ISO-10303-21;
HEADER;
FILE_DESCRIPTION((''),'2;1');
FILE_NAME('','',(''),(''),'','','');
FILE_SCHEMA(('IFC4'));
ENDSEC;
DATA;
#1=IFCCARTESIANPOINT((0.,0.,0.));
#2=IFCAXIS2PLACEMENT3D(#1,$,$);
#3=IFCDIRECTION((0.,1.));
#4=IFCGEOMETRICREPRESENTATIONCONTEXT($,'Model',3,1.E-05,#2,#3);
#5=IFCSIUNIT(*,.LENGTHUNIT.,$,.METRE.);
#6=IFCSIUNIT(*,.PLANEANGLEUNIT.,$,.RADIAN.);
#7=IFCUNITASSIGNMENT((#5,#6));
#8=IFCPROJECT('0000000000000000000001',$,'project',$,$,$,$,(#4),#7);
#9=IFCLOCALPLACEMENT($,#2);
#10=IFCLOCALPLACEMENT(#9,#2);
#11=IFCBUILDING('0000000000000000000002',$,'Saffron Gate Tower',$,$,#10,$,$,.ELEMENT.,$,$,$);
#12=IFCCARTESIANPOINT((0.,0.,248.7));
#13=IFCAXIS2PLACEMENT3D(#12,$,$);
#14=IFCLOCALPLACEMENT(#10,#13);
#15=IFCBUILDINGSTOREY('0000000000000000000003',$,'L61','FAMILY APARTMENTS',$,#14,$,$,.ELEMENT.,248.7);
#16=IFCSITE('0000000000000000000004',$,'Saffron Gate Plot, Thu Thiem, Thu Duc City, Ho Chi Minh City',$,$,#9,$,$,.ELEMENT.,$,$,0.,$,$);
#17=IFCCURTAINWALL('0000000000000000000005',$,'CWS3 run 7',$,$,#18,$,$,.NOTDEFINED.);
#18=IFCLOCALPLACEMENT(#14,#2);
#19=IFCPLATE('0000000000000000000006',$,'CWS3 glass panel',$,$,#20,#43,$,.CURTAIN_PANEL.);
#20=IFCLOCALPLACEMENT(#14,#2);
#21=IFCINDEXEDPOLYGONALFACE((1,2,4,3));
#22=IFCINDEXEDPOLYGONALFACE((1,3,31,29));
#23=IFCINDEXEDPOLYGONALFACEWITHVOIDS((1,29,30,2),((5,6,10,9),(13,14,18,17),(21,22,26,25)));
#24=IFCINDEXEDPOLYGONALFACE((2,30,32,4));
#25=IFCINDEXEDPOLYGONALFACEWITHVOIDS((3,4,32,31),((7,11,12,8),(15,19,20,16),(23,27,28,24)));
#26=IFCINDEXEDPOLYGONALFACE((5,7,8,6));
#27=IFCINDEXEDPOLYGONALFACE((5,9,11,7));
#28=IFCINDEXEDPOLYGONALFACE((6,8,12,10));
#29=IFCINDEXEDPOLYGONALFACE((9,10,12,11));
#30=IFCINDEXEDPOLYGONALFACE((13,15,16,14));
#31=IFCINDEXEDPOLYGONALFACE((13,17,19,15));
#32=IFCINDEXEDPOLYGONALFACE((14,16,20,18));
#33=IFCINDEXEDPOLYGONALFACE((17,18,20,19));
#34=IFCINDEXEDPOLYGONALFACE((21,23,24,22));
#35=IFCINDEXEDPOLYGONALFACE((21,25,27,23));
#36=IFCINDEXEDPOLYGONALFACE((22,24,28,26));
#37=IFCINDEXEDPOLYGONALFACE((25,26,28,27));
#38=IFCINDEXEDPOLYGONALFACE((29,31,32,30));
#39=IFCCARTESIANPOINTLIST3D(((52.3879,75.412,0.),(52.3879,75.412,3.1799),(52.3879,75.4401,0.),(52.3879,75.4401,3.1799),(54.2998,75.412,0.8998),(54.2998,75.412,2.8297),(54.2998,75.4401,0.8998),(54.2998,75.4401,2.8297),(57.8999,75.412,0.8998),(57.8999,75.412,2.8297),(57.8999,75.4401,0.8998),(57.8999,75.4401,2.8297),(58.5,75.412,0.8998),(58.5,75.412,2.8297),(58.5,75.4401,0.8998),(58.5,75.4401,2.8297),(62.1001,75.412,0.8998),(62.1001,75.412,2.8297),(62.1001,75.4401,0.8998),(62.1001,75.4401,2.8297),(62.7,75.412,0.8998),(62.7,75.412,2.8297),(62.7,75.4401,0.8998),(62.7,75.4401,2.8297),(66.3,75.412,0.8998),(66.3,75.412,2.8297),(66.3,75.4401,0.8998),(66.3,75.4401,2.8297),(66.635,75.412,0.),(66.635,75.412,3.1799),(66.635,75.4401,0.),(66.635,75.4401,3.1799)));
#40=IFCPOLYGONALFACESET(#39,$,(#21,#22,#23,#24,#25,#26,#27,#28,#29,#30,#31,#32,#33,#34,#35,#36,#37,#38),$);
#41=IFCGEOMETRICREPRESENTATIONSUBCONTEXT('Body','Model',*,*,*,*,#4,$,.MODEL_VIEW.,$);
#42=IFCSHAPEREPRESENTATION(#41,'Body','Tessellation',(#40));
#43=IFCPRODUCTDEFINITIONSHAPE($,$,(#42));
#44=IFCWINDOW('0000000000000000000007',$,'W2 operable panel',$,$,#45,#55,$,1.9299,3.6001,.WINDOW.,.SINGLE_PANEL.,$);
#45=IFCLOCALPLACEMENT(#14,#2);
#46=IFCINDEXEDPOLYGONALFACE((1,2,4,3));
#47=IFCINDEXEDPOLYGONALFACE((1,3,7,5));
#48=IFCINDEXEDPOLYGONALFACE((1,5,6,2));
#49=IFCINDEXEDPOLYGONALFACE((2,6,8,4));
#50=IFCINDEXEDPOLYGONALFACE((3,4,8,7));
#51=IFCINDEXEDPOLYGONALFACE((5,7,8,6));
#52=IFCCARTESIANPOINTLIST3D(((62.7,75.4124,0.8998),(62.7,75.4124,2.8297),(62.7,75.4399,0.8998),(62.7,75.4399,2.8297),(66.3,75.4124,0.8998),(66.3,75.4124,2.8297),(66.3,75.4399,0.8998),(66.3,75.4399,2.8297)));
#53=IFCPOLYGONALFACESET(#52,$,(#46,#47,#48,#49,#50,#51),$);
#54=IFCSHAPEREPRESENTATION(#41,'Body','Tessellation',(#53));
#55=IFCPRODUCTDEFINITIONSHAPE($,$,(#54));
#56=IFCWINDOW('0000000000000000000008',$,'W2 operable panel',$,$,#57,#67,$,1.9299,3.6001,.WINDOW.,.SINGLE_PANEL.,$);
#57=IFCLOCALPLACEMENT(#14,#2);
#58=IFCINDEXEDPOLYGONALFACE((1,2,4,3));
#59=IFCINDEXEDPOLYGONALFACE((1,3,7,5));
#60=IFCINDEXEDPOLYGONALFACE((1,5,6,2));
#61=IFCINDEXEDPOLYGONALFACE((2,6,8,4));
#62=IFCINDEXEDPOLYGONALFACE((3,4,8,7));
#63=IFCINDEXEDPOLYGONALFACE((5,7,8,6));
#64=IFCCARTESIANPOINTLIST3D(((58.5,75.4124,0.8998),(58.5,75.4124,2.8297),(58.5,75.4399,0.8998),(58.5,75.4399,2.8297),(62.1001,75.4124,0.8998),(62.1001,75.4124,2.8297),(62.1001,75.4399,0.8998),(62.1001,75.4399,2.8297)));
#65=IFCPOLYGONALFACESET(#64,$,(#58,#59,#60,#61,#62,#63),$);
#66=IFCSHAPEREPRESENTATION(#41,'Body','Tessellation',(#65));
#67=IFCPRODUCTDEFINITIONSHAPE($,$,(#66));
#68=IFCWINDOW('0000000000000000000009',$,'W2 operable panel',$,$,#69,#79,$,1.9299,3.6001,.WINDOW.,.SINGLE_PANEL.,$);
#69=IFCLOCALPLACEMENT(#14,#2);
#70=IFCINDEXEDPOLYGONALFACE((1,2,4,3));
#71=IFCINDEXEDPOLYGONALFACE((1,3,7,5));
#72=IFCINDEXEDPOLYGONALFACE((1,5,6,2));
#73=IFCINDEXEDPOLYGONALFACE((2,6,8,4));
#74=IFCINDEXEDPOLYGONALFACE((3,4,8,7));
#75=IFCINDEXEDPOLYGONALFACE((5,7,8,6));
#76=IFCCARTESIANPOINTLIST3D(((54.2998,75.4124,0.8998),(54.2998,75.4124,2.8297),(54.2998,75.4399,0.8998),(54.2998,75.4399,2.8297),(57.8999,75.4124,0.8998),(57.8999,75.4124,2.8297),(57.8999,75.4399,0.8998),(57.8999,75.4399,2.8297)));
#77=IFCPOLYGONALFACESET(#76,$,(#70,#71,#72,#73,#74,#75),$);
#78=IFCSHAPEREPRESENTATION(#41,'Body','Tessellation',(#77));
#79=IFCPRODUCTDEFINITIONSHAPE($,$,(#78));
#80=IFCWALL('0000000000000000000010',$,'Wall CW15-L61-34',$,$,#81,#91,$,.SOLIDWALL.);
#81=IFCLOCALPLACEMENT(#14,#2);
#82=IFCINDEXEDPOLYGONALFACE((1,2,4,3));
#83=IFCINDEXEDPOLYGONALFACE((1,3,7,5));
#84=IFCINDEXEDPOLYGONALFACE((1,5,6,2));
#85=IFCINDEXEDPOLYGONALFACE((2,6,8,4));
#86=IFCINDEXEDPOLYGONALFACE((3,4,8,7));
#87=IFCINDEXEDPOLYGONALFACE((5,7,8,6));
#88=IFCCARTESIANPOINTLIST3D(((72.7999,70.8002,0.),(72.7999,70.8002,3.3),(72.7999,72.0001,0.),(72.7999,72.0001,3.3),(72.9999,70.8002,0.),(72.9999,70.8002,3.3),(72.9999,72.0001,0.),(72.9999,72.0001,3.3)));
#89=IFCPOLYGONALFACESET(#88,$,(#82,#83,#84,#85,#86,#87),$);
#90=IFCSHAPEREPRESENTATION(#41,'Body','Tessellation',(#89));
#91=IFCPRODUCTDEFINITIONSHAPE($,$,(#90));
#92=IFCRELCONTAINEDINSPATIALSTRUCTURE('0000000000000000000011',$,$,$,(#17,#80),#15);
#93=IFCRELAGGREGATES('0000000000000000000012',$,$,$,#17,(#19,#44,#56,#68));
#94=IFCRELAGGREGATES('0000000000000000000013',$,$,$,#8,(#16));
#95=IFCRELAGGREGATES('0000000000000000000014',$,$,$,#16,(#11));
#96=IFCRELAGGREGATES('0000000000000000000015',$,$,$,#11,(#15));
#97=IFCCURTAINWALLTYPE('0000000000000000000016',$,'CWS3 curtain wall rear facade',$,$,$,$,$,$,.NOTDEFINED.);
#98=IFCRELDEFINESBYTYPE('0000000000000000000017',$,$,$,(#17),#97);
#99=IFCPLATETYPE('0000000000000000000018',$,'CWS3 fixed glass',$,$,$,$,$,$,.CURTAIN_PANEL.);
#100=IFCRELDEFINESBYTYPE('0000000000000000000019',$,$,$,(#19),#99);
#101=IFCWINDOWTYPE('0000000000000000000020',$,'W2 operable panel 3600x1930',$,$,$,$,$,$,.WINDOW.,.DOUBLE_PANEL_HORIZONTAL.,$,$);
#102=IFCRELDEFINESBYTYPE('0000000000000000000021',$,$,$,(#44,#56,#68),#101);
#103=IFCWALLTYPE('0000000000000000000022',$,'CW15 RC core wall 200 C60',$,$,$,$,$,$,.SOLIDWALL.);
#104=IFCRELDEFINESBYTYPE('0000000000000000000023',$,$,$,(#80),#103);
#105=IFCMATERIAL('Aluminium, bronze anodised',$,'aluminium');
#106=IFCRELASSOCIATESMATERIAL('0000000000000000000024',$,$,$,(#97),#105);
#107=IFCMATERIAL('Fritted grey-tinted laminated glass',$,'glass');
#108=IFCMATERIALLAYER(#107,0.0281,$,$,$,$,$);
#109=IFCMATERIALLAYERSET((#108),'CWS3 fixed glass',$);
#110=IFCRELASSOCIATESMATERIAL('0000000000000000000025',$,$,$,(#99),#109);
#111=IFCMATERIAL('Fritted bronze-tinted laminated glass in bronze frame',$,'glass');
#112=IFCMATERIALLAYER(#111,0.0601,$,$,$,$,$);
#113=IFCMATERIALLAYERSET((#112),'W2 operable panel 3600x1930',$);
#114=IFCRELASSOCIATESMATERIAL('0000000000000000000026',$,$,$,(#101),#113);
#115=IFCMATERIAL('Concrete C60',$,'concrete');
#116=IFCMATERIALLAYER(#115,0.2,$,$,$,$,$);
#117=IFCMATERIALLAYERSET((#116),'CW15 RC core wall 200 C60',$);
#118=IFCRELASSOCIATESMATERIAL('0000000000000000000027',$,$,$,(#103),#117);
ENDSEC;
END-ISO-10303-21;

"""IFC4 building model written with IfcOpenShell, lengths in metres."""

from ifc_helpers import new_model, si_unit, direction, frame, frame_2d, origin, place, context, subcontext, project, spatial, rectangle, extrude, material, layer, layer_set, type_object, element, fill, aggregate, save


model = new_model("IFC4")

# Units and contexts
model_context = context("Model", 3, precision=1e-05, world=origin(), true_north=direction((0.0, 1.0)))
body_context = subcontext(model_context, "Body", "Model", "MODEL_VIEW")
ifc_project = project(units=[si_unit("LENGTHUNIT", "METRE"), si_unit("PLANEANGLEUNIT", "RADIAN")], contexts=[model_context])

# Site, building, storey
site_placement = place(None, origin())
site = spatial("IfcSite", under=ifc_project, at=site_placement, Name="Saffron Gate Plot, Thu Thiem, Thu Duc City, Ho Chi Minh City", CompositionType="ELEMENT", RefElevation=0.0)
building_placement = place(site_placement, origin())
building = spatial("IfcBuilding", under=site, at=building_placement, Name="Saffron Gate Tower", CompositionType="ELEMENT")
storey_placement = place(building_placement, frame((0.0, 0.0, 248.7)))
storey = spatial("IfcBuildingStorey", under=building, at=storey_placement, Name="L61", Description="FAMILY APARTMENTS", CompositionType="ELEMENT", Elevation=248.7)

# Curtain wall, plate, openings, windows
ifc_material_1 = material(Name="Aluminium, bronze anodised", Category="aluminium")
curtain_wall_type = type_object("IfcCurtainWallType", Name="CWS3 curtain wall rear facade", PredefinedType="NOTDEFINED", material=ifc_material_1)
curtain_wall_placement = place(storey_placement, origin())
curtain_wall = element("IfcCurtainWall", 1, at=curtain_wall_placement, inside=storey, type_object=curtain_wall_type, Name="CWS3 run 7", PredefinedType="NOTDEFINED")
ifc_material_2 = material(Name="Fritted grey-tinted laminated glass", Category="glass")
ifc_layer_1 = layer(ifc_material_2, 0.0281)
ifc_layer_set_1 = layer_set([ifc_layer_1], Name="CWS3 fixed glass")
plate_type = type_object("IfcPlateType", Name="CWS3 fixed glass", PredefinedType="CURTAIN_PANEL", material=ifc_layer_set_1)
plate_placement = place(storey_placement, frame((66.635, 75.426, 0.0), z_axis=(0.0, 0.0, 1.0), x_axis=(-1.0, 0.0, 0.0)))
plate = element("IfcPlate", 2, at=plate_placement, type_object=plate_type, Name="CWS3 glass panel", PredefinedType="CURTAIN_PANEL", context=body_context, shape_type="SweptSolid", body=[
    extrude(rectangle(XDim=14.2471, YDim=0.0281, at=frame_2d((7.1235, 0.0))), origin(), (0.0, 0.0, 1.0), 3.1799),
])
opening_1_placement = place(plate_placement, frame((0.335, 0.0, 0.8999)))
opening_1 = element("IfcOpeningElement", 3, at=opening_1_placement, cuts=plate, PredefinedType="OPENING", context=body_context, shape_type="SweptSolid", body=[
    extrude(rectangle(XDim=3.6001, YDim=1.9299, at=frame_2d((1.8, 0.9648))), frame((0.0, 0.0239, 0.0), z_axis=(0.0, -1.0, 0.0), x_axis=(1.0, 0.0, 0.0)), (0.0, 0.0, 1.0), 0.0481),
])
opening_2_placement = place(plate_placement, frame((4.5349, 0.0, 0.8999)))
opening_2 = element("IfcOpeningElement", 4, at=opening_2_placement, cuts=plate, PredefinedType="OPENING", context=body_context, shape_type="SweptSolid", body=[
    extrude(rectangle(XDim=3.6001, YDim=1.9299, at=frame_2d((1.8, 0.9648))), frame((0.0, 0.0239, 0.0), z_axis=(0.0, -1.0, 0.0), x_axis=(1.0, 0.0, 0.0)), (0.0, 0.0, 1.0), 0.0481),
])
opening_3_placement = place(plate_placement, frame((8.7351, 0.0, 0.8999)))
opening_3 = element("IfcOpeningElement", 5, at=opening_3_placement, cuts=plate, PredefinedType="OPENING", context=body_context, shape_type="SweptSolid", body=[
    extrude(rectangle(XDim=3.6001, YDim=1.9299, at=frame_2d((1.8, 0.9648))), frame((0.0, 0.0239, 0.0), z_axis=(0.0, -1.0, 0.0), x_axis=(1.0, 0.0, 0.0)), (0.0, 0.0, 1.0), 0.0481),
])
ifc_material_3 = material(Name="Fritted bronze-tinted laminated glass in bronze frame", Category="glass")
ifc_layer_2 = layer(ifc_material_3, 0.0601)
ifc_layer_set_2 = layer_set([ifc_layer_2], Name="W2 operable panel 3600x1930")
window_type = type_object("IfcWindowType", Name="W2 operable panel 3600x1930", PartitioningType="DOUBLE_PANEL_HORIZONTAL", PredefinedType="WINDOW", material=ifc_layer_set_2)
window_1_placement = place(opening_1_placement, origin())
window_1 = element("IfcWindow", 6, at=window_1_placement, type_object=window_type, Name="W2 operable panel", OverallHeight=1.9299, OverallWidth=3.6001, PartitioningType="SINGLE_PANEL", PredefinedType="WINDOW", context=body_context, shape_type="SweptSolid", body=[
    extrude(rectangle(XDim=3.6001, YDim=1.9299, at=frame_2d((1.8, 0.9648))), frame((0.0, 0.0137, 0.0), z_axis=(0.0, -1.0, 0.0), x_axis=(1.0, 0.0, 0.0)), (0.0, 0.0, 1.0), 0.0276),
])
fill(opening_1, window_1)
window_2_placement = place(opening_2_placement, origin())
window_2 = element("IfcWindow", 7, at=window_2_placement, type_object=window_type, Name="W2 operable panel", OverallHeight=1.9299, OverallWidth=3.6001, PartitioningType="SINGLE_PANEL", PredefinedType="WINDOW", context=body_context, shape_type="SweptSolid", body=[
    extrude(rectangle(XDim=3.6001, YDim=1.9299, at=frame_2d((1.8, 0.9648))), frame((0.0, 0.0137, 0.0), z_axis=(0.0, -1.0, 0.0), x_axis=(1.0, 0.0, 0.0)), (0.0, 0.0, 1.0), 0.0276),
])
fill(opening_2, window_2)
window_3_placement = place(opening_3_placement, origin())
window_3 = element("IfcWindow", 8, at=window_3_placement, type_object=window_type, Name="W2 operable panel", OverallHeight=1.9299, OverallWidth=3.6001, PartitioningType="SINGLE_PANEL", PredefinedType="WINDOW", context=body_context, shape_type="SweptSolid", body=[
    extrude(rectangle(XDim=3.6001, YDim=1.9299, at=frame_2d((1.8, 0.9648))), frame((0.0, 0.0137, 0.0), z_axis=(0.0, -1.0, 0.0), x_axis=(1.0, 0.0, 0.0)), (0.0, 0.0, 1.0), 0.0276),
])
fill(opening_3, window_3)
aggregate(curtain_wall, [plate, window_1, window_2, window_3])

# Wall
ifc_material_4 = material(Name="Concrete C60", Category="concrete")
ifc_layer_3 = layer(ifc_material_4, 0.2)
ifc_layer_set_3 = layer_set([ifc_layer_3], Name="CW15 RC core wall 200 C60")
wall_type_1 = type_object("IfcWallType", Name="CW15 RC core wall 200 C60", PredefinedType="SOLIDWALL", material=ifc_layer_set_3)
wall_1_placement = place(storey_placement, frame((72.8999, 70.8, 0.0), z_axis=(0.0, 0.0, 1.0), x_axis=(0.0, 1.0, 0.0)))
element("IfcWall", 9, at=wall_1_placement, inside=storey, type_object=wall_type_1, Name="Wall CW15-L61-34", PredefinedType="SOLIDWALL", context=body_context, shape_type="SweptSolid", body=[
    extrude(rectangle(XDim=1.2, YDim=0.2, at=frame_2d((0.6001, 0.0))), origin(), (0.0, 0.0, 1.0), 3.3),
])

save(model, "model.ifc")
